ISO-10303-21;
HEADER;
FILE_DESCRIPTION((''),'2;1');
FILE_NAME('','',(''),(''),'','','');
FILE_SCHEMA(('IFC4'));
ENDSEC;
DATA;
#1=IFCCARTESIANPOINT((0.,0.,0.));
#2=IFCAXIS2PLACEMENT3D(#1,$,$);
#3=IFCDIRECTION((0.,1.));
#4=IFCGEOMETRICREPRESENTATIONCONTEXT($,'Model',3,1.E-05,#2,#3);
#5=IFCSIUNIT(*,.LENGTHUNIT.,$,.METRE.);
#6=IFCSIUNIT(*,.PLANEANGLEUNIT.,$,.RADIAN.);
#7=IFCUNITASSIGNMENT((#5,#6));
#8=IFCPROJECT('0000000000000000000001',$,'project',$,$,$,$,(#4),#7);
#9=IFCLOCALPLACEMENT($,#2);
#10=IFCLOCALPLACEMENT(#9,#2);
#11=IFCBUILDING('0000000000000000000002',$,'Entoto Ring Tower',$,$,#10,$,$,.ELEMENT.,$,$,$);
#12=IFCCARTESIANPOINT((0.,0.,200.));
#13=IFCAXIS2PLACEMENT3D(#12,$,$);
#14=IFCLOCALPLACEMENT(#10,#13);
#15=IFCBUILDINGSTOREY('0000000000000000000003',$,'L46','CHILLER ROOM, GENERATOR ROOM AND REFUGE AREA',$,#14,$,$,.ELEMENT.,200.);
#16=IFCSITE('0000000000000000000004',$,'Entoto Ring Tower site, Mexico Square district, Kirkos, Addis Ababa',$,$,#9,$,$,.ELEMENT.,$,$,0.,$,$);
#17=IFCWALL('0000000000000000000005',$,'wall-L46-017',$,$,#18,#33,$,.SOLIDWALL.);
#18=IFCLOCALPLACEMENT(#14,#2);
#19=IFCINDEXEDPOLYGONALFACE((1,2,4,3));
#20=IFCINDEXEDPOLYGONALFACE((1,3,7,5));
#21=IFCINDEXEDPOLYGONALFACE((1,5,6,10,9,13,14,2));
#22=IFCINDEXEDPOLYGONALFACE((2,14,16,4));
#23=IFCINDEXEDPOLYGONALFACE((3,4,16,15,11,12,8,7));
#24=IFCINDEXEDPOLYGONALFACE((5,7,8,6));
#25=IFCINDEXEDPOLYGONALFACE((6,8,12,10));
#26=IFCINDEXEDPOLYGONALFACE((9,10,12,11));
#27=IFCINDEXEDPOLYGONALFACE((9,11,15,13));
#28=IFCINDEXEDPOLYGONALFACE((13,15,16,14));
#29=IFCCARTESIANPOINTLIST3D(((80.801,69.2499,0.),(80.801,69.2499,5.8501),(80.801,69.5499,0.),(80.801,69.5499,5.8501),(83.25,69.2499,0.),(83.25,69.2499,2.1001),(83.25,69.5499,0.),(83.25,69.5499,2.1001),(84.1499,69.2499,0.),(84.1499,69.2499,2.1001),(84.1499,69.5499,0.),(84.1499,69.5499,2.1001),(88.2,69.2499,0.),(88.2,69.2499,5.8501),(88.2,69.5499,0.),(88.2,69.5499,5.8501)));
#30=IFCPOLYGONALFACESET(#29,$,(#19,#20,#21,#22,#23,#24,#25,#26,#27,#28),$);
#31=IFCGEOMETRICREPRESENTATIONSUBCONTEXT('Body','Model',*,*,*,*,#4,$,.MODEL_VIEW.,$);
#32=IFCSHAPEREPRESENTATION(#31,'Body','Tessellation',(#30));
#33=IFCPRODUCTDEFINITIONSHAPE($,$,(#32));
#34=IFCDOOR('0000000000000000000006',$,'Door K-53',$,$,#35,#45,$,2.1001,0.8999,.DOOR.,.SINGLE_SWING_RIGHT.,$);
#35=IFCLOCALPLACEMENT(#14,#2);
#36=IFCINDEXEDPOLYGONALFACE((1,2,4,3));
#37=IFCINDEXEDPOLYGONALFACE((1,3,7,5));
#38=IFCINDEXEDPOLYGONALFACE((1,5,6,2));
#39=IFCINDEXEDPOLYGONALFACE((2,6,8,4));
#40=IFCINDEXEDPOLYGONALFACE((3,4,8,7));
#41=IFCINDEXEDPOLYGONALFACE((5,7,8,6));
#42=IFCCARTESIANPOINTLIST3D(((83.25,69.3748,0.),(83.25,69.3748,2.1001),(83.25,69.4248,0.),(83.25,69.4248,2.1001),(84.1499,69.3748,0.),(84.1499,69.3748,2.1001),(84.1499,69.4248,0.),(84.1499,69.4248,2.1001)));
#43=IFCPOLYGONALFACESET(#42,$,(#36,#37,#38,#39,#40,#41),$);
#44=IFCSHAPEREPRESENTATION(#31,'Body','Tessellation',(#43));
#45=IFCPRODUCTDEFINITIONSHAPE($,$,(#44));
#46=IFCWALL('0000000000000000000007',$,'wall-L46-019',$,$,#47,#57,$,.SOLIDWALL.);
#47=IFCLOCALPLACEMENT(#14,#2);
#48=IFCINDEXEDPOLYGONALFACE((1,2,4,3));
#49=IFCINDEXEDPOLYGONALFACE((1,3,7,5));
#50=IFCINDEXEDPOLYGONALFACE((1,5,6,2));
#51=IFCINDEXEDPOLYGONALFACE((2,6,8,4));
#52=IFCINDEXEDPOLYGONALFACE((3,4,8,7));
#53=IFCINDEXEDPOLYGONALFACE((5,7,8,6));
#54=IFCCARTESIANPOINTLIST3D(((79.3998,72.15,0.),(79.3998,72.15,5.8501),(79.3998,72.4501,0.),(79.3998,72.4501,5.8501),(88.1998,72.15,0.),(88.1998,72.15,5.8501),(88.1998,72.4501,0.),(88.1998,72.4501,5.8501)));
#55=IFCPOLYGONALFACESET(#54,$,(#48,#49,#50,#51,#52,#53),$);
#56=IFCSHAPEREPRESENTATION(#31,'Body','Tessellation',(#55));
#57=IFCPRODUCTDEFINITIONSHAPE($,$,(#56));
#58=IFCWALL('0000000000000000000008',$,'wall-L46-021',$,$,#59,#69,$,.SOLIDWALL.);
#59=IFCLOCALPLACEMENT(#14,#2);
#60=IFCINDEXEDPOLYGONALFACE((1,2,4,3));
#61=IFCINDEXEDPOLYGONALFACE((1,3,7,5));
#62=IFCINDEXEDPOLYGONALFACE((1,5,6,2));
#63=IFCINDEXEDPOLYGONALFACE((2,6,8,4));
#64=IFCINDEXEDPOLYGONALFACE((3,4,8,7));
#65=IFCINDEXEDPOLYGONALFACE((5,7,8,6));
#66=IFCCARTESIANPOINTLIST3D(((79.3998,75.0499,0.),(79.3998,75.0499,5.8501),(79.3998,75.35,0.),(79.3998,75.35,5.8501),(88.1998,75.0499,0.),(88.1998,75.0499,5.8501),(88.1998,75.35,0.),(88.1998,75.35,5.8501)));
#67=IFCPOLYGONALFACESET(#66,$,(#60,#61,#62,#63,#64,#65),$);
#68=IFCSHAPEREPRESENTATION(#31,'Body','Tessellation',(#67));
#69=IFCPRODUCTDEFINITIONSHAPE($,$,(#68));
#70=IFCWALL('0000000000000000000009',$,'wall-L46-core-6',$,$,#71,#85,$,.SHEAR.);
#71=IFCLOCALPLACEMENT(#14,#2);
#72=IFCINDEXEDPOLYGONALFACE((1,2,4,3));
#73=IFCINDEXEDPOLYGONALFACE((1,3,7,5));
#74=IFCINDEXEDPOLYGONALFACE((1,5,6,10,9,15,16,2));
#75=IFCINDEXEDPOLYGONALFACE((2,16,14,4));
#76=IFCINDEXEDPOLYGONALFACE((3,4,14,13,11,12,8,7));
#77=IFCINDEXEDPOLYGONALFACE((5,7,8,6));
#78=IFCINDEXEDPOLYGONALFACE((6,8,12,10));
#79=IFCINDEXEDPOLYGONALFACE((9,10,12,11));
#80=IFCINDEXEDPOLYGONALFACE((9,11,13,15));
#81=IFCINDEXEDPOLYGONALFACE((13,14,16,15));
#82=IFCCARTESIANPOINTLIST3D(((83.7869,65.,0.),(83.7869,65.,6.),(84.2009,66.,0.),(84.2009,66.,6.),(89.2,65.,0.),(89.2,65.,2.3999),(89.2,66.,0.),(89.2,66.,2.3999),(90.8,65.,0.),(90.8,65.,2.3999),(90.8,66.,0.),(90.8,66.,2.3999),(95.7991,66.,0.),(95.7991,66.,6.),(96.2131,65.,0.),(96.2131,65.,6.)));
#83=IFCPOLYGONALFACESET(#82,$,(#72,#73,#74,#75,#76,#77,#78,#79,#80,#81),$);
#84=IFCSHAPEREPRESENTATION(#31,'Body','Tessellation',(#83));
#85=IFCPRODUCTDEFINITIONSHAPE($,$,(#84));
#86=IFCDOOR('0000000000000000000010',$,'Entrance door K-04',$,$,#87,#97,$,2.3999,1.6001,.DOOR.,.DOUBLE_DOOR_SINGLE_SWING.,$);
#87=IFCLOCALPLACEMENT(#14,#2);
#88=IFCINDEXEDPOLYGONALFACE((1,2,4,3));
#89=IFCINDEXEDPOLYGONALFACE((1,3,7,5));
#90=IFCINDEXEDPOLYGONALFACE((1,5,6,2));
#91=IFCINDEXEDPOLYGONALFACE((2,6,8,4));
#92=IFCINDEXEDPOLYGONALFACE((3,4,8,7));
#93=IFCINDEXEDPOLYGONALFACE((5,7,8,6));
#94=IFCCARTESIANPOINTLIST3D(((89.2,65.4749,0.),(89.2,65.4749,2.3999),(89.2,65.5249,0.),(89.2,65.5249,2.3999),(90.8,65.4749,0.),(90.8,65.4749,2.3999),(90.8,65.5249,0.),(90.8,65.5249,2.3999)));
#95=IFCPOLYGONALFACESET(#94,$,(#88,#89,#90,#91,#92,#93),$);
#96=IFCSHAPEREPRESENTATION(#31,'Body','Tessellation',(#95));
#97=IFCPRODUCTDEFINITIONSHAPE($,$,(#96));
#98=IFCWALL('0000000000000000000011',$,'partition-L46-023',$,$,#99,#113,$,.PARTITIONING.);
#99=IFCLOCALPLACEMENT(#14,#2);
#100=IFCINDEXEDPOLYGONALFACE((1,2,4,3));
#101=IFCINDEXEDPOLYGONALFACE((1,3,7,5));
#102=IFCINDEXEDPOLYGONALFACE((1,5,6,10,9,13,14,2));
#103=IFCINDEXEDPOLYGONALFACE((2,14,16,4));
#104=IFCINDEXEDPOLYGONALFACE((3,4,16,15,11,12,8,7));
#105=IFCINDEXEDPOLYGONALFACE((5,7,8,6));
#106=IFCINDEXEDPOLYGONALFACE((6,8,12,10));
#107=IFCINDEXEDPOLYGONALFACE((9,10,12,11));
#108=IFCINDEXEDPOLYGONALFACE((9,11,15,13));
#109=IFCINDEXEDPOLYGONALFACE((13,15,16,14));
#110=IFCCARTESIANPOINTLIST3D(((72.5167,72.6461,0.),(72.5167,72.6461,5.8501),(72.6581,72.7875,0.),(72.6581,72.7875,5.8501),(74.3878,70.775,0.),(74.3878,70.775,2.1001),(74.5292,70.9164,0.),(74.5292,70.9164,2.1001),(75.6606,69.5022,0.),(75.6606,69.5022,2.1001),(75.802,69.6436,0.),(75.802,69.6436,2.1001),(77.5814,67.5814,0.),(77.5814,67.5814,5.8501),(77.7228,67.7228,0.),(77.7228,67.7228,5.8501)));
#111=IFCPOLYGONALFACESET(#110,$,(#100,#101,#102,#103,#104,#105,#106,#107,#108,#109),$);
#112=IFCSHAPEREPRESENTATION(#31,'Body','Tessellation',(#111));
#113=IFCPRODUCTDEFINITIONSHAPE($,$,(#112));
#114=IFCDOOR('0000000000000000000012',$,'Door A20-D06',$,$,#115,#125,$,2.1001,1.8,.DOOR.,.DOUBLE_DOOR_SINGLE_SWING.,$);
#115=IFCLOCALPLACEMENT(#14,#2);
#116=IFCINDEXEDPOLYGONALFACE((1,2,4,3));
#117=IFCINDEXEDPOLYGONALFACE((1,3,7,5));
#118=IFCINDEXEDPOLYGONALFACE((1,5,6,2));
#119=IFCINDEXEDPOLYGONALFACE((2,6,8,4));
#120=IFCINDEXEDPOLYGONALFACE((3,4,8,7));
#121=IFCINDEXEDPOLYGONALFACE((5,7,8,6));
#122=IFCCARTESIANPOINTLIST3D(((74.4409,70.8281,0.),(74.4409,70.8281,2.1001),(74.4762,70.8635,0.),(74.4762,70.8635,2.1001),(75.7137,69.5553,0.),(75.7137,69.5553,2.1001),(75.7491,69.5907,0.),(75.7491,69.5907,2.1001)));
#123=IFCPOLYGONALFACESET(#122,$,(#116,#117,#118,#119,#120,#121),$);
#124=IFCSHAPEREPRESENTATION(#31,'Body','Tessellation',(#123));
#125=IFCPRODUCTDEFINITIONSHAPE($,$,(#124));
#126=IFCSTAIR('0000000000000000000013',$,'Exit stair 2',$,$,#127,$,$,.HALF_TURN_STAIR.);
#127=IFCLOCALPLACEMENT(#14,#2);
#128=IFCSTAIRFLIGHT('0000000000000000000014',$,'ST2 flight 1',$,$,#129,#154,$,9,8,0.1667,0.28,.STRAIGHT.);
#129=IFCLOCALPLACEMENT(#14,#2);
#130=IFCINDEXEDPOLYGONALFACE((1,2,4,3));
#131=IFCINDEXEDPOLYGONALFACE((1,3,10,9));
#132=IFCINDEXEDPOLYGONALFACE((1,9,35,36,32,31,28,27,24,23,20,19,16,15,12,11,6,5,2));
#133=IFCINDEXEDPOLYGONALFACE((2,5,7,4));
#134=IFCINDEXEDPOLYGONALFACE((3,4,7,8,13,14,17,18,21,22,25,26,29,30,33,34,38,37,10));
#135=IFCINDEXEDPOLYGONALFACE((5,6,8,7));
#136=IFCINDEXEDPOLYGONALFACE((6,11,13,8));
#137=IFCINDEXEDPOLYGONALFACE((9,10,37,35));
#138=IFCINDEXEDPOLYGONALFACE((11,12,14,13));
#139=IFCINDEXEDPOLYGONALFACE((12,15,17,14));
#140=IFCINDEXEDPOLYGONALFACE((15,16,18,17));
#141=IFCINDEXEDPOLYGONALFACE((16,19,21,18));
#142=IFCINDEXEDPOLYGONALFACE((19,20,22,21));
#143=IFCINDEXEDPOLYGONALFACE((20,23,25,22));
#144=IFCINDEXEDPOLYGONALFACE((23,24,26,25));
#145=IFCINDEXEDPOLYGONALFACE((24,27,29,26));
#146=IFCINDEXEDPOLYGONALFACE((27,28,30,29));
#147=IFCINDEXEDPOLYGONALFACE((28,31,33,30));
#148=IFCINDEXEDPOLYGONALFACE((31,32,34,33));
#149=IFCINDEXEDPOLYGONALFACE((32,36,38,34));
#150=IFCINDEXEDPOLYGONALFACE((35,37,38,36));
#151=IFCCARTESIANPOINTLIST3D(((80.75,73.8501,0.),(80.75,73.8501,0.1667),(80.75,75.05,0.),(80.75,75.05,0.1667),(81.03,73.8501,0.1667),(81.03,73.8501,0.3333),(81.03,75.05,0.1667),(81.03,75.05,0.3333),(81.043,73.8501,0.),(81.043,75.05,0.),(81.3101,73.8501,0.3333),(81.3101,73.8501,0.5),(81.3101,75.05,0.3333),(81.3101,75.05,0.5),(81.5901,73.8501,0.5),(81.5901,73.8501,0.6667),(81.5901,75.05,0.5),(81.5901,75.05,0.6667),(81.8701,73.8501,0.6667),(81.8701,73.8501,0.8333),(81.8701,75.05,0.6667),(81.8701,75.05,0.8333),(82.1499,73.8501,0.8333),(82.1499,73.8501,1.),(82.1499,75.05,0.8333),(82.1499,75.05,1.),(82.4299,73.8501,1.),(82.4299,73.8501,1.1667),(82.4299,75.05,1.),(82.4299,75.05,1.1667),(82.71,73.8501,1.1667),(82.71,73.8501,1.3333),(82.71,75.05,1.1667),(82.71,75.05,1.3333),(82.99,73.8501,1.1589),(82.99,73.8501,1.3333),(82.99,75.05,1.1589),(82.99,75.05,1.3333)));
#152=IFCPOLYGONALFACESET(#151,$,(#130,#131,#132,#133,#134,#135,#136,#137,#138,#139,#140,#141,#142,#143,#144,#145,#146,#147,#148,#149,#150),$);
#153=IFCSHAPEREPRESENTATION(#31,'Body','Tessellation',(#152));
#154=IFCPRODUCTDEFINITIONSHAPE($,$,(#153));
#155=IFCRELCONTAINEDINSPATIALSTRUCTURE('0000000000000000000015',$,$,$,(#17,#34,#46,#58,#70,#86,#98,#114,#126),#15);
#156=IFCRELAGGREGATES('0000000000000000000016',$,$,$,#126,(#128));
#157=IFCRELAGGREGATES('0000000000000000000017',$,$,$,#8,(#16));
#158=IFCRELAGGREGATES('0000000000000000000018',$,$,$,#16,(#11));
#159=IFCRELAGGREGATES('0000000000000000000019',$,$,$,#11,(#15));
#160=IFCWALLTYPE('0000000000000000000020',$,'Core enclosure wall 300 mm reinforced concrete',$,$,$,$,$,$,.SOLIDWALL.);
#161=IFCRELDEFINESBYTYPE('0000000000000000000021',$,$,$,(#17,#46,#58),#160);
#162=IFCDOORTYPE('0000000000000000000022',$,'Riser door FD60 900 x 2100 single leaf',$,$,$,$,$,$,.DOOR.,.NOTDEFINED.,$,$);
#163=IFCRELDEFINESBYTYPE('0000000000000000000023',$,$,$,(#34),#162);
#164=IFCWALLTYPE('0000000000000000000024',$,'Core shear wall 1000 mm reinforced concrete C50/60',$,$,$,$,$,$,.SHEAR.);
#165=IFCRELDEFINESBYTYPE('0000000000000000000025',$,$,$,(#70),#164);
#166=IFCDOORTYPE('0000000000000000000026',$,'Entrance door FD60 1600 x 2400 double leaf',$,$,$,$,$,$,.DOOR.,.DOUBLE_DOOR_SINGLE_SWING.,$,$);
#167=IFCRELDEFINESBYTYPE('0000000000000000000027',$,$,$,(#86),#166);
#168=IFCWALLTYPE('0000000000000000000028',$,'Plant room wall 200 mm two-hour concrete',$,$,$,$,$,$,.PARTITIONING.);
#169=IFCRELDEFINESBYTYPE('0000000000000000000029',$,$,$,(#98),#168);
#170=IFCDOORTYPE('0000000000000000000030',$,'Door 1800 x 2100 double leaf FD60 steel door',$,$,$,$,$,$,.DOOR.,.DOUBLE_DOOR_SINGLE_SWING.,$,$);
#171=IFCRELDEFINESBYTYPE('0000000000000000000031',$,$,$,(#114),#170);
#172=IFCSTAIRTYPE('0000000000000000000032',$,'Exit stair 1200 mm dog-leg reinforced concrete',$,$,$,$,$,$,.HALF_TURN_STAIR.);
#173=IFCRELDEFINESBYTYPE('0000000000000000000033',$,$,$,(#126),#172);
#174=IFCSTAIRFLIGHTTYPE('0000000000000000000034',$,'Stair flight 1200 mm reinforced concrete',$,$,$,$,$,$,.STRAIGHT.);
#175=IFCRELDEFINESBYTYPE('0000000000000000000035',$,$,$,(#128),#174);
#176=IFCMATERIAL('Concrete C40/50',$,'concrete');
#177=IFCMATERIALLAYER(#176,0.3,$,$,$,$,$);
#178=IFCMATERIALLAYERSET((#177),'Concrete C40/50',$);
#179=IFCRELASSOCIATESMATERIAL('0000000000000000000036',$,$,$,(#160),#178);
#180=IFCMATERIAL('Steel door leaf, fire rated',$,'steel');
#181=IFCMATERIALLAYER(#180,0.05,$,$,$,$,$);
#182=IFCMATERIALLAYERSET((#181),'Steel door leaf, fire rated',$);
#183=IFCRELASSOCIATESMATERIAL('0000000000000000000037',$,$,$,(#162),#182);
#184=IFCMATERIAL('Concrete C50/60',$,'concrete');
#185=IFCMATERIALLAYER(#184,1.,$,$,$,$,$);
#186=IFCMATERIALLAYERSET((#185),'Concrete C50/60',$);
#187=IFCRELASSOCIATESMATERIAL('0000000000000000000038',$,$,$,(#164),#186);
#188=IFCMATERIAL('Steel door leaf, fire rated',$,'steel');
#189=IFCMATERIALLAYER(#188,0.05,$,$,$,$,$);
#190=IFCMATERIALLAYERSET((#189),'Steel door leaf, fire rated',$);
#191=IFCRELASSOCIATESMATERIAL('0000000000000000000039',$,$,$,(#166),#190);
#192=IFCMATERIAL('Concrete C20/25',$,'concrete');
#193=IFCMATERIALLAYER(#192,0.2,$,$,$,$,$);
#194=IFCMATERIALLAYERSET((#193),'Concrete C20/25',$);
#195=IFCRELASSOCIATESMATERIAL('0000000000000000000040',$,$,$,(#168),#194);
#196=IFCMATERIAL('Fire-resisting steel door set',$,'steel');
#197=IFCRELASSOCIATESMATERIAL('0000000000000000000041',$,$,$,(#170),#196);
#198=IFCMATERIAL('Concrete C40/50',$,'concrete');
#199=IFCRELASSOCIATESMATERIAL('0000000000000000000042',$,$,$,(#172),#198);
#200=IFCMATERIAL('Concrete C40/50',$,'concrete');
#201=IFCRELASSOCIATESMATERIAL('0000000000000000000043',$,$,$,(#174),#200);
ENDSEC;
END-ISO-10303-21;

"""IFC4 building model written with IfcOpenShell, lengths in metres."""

from ifc_helpers import new_model, si_unit, direction, frame, frame_2d, origin, place, context, subcontext, project, spatial, polyline, rectangle, outline, extrude, material, layer, layer_set, type_object, element, fill, aggregate, save


model = new_model("IFC4")

# Units and contexts
model_context = context("Model", 3, precision=1e-05, world=origin(), true_north=direction((0.0, 1.0)))
body_context = subcontext(model_context, "Body", "Model", "MODEL_VIEW")
ifc_project = project(units=[si_unit("LENGTHUNIT", "METRE"), si_unit("PLANEANGLEUNIT", "RADIAN")], contexts=[model_context])

# Site, building, storey
site_placement = place(None, origin())
site = spatial("IfcSite", under=ifc_project, at=site_placement, Name="Entoto Ring Tower site, Mexico Square district, Kirkos, Addis Ababa", CompositionType="ELEMENT", RefElevation=0.0)
building_placement = place(site_placement, origin())
building = spatial("IfcBuilding", under=site, at=building_placement, Name="Entoto Ring Tower", CompositionType="ELEMENT")
storey_placement = place(building_placement, frame((0.0, 0.0, 200.0)))
storey = spatial("IfcBuildingStorey", under=building, at=storey_placement, Name="L46", Description="CHILLER ROOM, GENERATOR ROOM AND REFUGE AREA", CompositionType="ELEMENT", Elevation=200.0)

# Shared definitions
ifc_material_1 = material(Name="Concrete C40/50", Category="concrete")
ifc_layer_1 = layer(ifc_material_1, 0.3)
ifc_layer_set_1 = layer_set([ifc_layer_1], Name="Concrete C40/50")
wall_type_1 = type_object("IfcWallType", Name="Core enclosure wall 300 mm reinforced concrete", PredefinedType="SOLIDWALL", material=ifc_layer_set_1)

# Wall, opening, door
wall_1_placement = place(storey_placement, frame((80.801, 69.3999, 0.0), z_axis=(0.0, 0.0, 1.0), x_axis=(1.0, 0.0, 0.0)))
wall_1 = element("IfcWall", 1, at=wall_1_placement, inside=storey, type_object=wall_type_1, Name="wall-L46-017", PredefinedType="SOLIDWALL", context=body_context, shape_type="SweptSolid", body=[
    extrude(rectangle(XDim=7.3989, YDim=0.3, at=frame_2d((3.6995, 0.0))), origin(), (0.0, 0.0, 1.0), 5.8501),
])
opening_1_placement = place(wall_1_placement, frame((2.449, 0.0, 0.0)))
opening_1 = element("IfcOpeningElement", 2, at=opening_1_placement, cuts=wall_1, PredefinedType="OPENING", context=body_context, shape_type="SweptSolid", body=[
    extrude(rectangle(XDim=0.8999, YDim=2.1001, at=frame_2d((0.45, 1.05))), frame((0.0, 0.1602, 0.0), z_axis=(0.0, -1.0, 0.0), x_axis=(1.0, 0.0, 0.0)), (0.0, 0.0, 1.0), 0.3201),
])
ifc_material_2 = material(Name="Steel door leaf, fire rated", Category="steel")
ifc_layer_2 = layer(ifc_material_2, 0.05)
ifc_layer_set_2 = layer_set([ifc_layer_2], Name="Steel door leaf, fire rated")
door_type_1 = type_object("IfcDoorType", Name="Riser door FD60 900 x 2100 single leaf", OperationType="NOTDEFINED", PredefinedType="DOOR", material=ifc_layer_set_2)
door_1_placement = place(opening_1_placement, origin())
door_1 = element("IfcDoor", 3, at=door_1_placement, inside=storey, type_object=door_type_1, Name="Door K-53", OperationType="SINGLE_SWING_RIGHT", OverallHeight=2.1001, OverallWidth=0.8999, PredefinedType="DOOR", context=body_context, shape_type="SweptSolid", body=[
    extrude(rectangle(XDim=0.8999, YDim=2.1001, at=frame_2d((0.45, 1.05))), frame((0.0, 0.0249, 0.0), z_axis=(0.0, -1.0, 0.0), x_axis=(1.0, 0.0, 0.0)), (0.0, 0.0, 1.0), 0.05),
])
fill(opening_1, door_1)

# Walls
for number, where, z_axis, x_axis, name in (
    (4, (79.3999, 72.3, 0.0), (0.0, 0.0, 1.0), (1.0, 0.0, 0.0), "wall-L46-019"),
    (5, (79.3999, 75.2, 0.0), (0.0, 0.0, 1.0), (1.0, 0.0, 0.0), "wall-L46-021"),
):
    element("IfcWall", number, at=place(storey_placement, frame(where, z_axis=z_axis, x_axis=x_axis)), inside=storey, type_object=wall_type_1, Name=name, PredefinedType="SOLIDWALL", context=body_context, shape_type="SweptSolid", body=[
        extrude(rectangle(XDim=8.8, YDim=0.3, at=frame_2d((4.3999, 0.0))), origin(), (0.0, 0.0, 1.0), 5.8501),
    ])

# Walls, openings, doors
ifc_material_3 = material(Name="Concrete C50/60", Category="concrete")
ifc_layer_3 = layer(ifc_material_3, 1.0)
ifc_layer_set_3 = layer_set([ifc_layer_3], Name="Concrete C50/60")
wall_type_2 = type_object("IfcWallType", Name="Core shear wall 1000 mm reinforced concrete C50/60", PredefinedType="SHEAR", material=ifc_layer_set_3)
wall_2_placement = place(storey_placement, frame((83.9939, 65.5, 0.0), z_axis=(0.0, 0.0, 1.0), x_axis=(1.0, 0.0, 0.0)))
wall_2 = element("IfcWall", 6, at=wall_2_placement, inside=storey, type_object=wall_type_2, Name="wall-L46-core-6", PredefinedType="SHEAR", context=body_context, shape_type="SweptSolid", body=[
    extrude(outline(polyline([(-0.207, -0.5), (12.2192, -0.5), (11.8052, 0.5), (0.207, 0.5), (-0.207, -0.5)])), origin(), (0.0, 0.0, 1.0), 6.0),
])
opening_2_placement = place(wall_2_placement, frame((5.2061, 0.0, 0.0)))
opening_2 = element("IfcOpeningElement", 7, at=opening_2_placement, cuts=wall_2, PredefinedType="OPENING", context=body_context, shape_type="SweptSolid", body=[
    extrude(rectangle(XDim=1.6001, YDim=2.3999, at=frame_2d((0.8, 1.2))), frame((0.0, 0.51, 0.0), z_axis=(0.0, -1.0, 0.0), x_axis=(1.0, 0.0, 0.0)), (0.0, 0.0, 1.0), 1.02),
])
ifc_material_4 = material(Name="Steel door leaf, fire rated", Category="steel")
ifc_layer_4 = layer(ifc_material_4, 0.05)
ifc_layer_set_4 = layer_set([ifc_layer_4], Name="Steel door leaf, fire rated")
door_type_2 = type_object("IfcDoorType", Name="Entrance door FD60 1600 x 2400 double leaf", OperationType="DOUBLE_DOOR_SINGLE_SWING", PredefinedType="DOOR", material=ifc_layer_set_4)
door_2_placement = place(opening_2_placement, origin())
door_2 = element("IfcDoor", 8, at=door_2_placement, inside=storey, type_object=door_type_2, Name="Entrance door K-04", OperationType="DOUBLE_DOOR_SINGLE_SWING", OverallHeight=2.3999, OverallWidth=1.6001, PredefinedType="DOOR", context=body_context, shape_type="SweptSolid", body=[
    extrude(rectangle(XDim=1.6001, YDim=2.3999, at=frame_2d((0.8, 1.2))), frame((0.0, 0.0249, 0.0), z_axis=(0.0, -1.0, 0.0), x_axis=(1.0, 0.0, 0.0)), (0.0, 0.0, 1.0), 0.05),
])
fill(opening_2, door_2)
ifc_material_5 = material(Name="Concrete C20/25", Category="concrete")
ifc_layer_5 = layer(ifc_material_5, 0.2)
ifc_layer_set_5 = layer_set([ifc_layer_5], Name="Concrete C20/25")
wall_type_3 = type_object("IfcWallType", Name="Plant room wall 200 mm two-hour concrete", PredefinedType="PARTITIONING", material=ifc_layer_set_5)
wall_3_placement = place(storey_placement, frame((77.6521, 67.6521, 0.0), z_axis=(0.0, 0.0, 1.0), x_axis=(-0.707107, 0.707107, 0.0)))
wall_3 = element("IfcWall", 9, at=wall_3_placement, inside=storey, type_object=wall_type_3, Name="partition-L46-023", PredefinedType="PARTITIONING", context=body_context, shape_type="SweptSolid", body=[
    extrude(rectangle(XDim=7.1626, YDim=0.2, at=frame_2d((3.5813, 0.0))), origin(), (0.0, 0.0, 1.0), 5.8501),
])
opening_3_placement = place(wall_3_placement, frame((2.7166, 0.0, 0.0)))
opening_3 = element("IfcOpeningElement", 10, at=opening_3_placement, cuts=wall_3, PredefinedType="OPENING", context=body_context, shape_type="SweptSolid", body=[
    extrude(rectangle(XDim=1.8, YDim=2.1001, at=frame_2d((0.8999, 1.05))), frame((0.0, 0.1099, 0.0), z_axis=(0.0, -1.0, 0.0), x_axis=(1.0, 0.0, 0.0)), (0.0, 0.0, 1.0), 0.22),
])
ifc_material_6 = material(Name="Fire-resisting steel door set", Category="steel")
door_type_3 = type_object("IfcDoorType", Name="Door 1800 x 2100 double leaf FD60 steel door", OperationType="DOUBLE_DOOR_SINGLE_SWING", PredefinedType="DOOR", material=ifc_material_6)
door_3_placement = place(opening_3_placement, origin())
door_3 = element("IfcDoor", 11, at=door_3_placement, inside=storey, type_object=door_type_3, Name="Door A20-D06", OperationType="DOUBLE_DOOR_SINGLE_SWING", OverallHeight=2.1001, OverallWidth=1.8, PredefinedType="DOOR", context=body_context, shape_type="SweptSolid", body=[
    extrude(rectangle(XDim=1.8, YDim=2.1001, at=frame_2d((0.8999, 1.05))), frame((0.0, 0.0249, 0.0), z_axis=(0.0, -1.0, 0.0), x_axis=(1.0, 0.0, 0.0)), (0.0, 0.0, 1.0), 0.05),
])
fill(opening_3, door_3)

# Stair, stair flight
ifc_material_7 = material(Name="Concrete C40/50", Category="concrete")
stair_type = type_object("IfcStairType", Name="Exit stair 1200 mm dog-leg reinforced concrete", PredefinedType="HALF_TURN_STAIR", material=ifc_material_7)
stair_placement = place(storey_placement, origin())
stair = element("IfcStair", 12, at=stair_placement, inside=storey, type_object=stair_type, Name="Exit stair 2", PredefinedType="HALF_TURN_STAIR")
ifc_material_8 = material(Name="Concrete C40/50", Category="concrete")
stair_flight_type = type_object("IfcStairFlightType", Name="Stair flight 1200 mm reinforced concrete", PredefinedType="STRAIGHT", material=ifc_material_8)
stair_flight_1_placement = place(storey_placement, frame((80.75, 74.45, 0.0), z_axis=(0.0, 0.0, 1.0), x_axis=(1.0, 0.0, 0.0)))
stair_flight_1 = element("IfcStairFlight", 13, at=stair_flight_1_placement, type_object=stair_flight_type, Name="ST2 flight 1", NumberOfRisers=9, NumberOfTreads=8, PredefinedType="STRAIGHT", RiserHeight=0.1667, TreadLength=0.28, context=body_context, shape_type="SweptSolid", body=[
    extrude(outline(polyline([(0.0, 0.0), (0.0, 0.1667), (0.28, 0.1667), (0.28, 0.3333), (0.5601, 0.3333), (0.5601, 0.5), (0.8401, 0.5), (0.8401, 0.6667), (1.1201, 0.6667), (1.1201, 0.8333), (1.3999, 0.8333), (1.3999, 1.0), (1.6799, 1.0), (1.6799, 1.1667), (1.96, 1.1667), (1.96, 1.3333), (2.24, 1.3333), (2.24, 1.5), (2.24, 1.1589), (0.293, 0.0), (0.0, 0.0)])), frame((0.0, 0.6001, 0.0), z_axis=(0.0, -1.0, 0.0), x_axis=(1.0, 0.0, 0.0)), (0.0, 0.0, 1.0), 1.2),
])
aggregate(stair, [stair_flight_1])

save(model, "model.ifc")
